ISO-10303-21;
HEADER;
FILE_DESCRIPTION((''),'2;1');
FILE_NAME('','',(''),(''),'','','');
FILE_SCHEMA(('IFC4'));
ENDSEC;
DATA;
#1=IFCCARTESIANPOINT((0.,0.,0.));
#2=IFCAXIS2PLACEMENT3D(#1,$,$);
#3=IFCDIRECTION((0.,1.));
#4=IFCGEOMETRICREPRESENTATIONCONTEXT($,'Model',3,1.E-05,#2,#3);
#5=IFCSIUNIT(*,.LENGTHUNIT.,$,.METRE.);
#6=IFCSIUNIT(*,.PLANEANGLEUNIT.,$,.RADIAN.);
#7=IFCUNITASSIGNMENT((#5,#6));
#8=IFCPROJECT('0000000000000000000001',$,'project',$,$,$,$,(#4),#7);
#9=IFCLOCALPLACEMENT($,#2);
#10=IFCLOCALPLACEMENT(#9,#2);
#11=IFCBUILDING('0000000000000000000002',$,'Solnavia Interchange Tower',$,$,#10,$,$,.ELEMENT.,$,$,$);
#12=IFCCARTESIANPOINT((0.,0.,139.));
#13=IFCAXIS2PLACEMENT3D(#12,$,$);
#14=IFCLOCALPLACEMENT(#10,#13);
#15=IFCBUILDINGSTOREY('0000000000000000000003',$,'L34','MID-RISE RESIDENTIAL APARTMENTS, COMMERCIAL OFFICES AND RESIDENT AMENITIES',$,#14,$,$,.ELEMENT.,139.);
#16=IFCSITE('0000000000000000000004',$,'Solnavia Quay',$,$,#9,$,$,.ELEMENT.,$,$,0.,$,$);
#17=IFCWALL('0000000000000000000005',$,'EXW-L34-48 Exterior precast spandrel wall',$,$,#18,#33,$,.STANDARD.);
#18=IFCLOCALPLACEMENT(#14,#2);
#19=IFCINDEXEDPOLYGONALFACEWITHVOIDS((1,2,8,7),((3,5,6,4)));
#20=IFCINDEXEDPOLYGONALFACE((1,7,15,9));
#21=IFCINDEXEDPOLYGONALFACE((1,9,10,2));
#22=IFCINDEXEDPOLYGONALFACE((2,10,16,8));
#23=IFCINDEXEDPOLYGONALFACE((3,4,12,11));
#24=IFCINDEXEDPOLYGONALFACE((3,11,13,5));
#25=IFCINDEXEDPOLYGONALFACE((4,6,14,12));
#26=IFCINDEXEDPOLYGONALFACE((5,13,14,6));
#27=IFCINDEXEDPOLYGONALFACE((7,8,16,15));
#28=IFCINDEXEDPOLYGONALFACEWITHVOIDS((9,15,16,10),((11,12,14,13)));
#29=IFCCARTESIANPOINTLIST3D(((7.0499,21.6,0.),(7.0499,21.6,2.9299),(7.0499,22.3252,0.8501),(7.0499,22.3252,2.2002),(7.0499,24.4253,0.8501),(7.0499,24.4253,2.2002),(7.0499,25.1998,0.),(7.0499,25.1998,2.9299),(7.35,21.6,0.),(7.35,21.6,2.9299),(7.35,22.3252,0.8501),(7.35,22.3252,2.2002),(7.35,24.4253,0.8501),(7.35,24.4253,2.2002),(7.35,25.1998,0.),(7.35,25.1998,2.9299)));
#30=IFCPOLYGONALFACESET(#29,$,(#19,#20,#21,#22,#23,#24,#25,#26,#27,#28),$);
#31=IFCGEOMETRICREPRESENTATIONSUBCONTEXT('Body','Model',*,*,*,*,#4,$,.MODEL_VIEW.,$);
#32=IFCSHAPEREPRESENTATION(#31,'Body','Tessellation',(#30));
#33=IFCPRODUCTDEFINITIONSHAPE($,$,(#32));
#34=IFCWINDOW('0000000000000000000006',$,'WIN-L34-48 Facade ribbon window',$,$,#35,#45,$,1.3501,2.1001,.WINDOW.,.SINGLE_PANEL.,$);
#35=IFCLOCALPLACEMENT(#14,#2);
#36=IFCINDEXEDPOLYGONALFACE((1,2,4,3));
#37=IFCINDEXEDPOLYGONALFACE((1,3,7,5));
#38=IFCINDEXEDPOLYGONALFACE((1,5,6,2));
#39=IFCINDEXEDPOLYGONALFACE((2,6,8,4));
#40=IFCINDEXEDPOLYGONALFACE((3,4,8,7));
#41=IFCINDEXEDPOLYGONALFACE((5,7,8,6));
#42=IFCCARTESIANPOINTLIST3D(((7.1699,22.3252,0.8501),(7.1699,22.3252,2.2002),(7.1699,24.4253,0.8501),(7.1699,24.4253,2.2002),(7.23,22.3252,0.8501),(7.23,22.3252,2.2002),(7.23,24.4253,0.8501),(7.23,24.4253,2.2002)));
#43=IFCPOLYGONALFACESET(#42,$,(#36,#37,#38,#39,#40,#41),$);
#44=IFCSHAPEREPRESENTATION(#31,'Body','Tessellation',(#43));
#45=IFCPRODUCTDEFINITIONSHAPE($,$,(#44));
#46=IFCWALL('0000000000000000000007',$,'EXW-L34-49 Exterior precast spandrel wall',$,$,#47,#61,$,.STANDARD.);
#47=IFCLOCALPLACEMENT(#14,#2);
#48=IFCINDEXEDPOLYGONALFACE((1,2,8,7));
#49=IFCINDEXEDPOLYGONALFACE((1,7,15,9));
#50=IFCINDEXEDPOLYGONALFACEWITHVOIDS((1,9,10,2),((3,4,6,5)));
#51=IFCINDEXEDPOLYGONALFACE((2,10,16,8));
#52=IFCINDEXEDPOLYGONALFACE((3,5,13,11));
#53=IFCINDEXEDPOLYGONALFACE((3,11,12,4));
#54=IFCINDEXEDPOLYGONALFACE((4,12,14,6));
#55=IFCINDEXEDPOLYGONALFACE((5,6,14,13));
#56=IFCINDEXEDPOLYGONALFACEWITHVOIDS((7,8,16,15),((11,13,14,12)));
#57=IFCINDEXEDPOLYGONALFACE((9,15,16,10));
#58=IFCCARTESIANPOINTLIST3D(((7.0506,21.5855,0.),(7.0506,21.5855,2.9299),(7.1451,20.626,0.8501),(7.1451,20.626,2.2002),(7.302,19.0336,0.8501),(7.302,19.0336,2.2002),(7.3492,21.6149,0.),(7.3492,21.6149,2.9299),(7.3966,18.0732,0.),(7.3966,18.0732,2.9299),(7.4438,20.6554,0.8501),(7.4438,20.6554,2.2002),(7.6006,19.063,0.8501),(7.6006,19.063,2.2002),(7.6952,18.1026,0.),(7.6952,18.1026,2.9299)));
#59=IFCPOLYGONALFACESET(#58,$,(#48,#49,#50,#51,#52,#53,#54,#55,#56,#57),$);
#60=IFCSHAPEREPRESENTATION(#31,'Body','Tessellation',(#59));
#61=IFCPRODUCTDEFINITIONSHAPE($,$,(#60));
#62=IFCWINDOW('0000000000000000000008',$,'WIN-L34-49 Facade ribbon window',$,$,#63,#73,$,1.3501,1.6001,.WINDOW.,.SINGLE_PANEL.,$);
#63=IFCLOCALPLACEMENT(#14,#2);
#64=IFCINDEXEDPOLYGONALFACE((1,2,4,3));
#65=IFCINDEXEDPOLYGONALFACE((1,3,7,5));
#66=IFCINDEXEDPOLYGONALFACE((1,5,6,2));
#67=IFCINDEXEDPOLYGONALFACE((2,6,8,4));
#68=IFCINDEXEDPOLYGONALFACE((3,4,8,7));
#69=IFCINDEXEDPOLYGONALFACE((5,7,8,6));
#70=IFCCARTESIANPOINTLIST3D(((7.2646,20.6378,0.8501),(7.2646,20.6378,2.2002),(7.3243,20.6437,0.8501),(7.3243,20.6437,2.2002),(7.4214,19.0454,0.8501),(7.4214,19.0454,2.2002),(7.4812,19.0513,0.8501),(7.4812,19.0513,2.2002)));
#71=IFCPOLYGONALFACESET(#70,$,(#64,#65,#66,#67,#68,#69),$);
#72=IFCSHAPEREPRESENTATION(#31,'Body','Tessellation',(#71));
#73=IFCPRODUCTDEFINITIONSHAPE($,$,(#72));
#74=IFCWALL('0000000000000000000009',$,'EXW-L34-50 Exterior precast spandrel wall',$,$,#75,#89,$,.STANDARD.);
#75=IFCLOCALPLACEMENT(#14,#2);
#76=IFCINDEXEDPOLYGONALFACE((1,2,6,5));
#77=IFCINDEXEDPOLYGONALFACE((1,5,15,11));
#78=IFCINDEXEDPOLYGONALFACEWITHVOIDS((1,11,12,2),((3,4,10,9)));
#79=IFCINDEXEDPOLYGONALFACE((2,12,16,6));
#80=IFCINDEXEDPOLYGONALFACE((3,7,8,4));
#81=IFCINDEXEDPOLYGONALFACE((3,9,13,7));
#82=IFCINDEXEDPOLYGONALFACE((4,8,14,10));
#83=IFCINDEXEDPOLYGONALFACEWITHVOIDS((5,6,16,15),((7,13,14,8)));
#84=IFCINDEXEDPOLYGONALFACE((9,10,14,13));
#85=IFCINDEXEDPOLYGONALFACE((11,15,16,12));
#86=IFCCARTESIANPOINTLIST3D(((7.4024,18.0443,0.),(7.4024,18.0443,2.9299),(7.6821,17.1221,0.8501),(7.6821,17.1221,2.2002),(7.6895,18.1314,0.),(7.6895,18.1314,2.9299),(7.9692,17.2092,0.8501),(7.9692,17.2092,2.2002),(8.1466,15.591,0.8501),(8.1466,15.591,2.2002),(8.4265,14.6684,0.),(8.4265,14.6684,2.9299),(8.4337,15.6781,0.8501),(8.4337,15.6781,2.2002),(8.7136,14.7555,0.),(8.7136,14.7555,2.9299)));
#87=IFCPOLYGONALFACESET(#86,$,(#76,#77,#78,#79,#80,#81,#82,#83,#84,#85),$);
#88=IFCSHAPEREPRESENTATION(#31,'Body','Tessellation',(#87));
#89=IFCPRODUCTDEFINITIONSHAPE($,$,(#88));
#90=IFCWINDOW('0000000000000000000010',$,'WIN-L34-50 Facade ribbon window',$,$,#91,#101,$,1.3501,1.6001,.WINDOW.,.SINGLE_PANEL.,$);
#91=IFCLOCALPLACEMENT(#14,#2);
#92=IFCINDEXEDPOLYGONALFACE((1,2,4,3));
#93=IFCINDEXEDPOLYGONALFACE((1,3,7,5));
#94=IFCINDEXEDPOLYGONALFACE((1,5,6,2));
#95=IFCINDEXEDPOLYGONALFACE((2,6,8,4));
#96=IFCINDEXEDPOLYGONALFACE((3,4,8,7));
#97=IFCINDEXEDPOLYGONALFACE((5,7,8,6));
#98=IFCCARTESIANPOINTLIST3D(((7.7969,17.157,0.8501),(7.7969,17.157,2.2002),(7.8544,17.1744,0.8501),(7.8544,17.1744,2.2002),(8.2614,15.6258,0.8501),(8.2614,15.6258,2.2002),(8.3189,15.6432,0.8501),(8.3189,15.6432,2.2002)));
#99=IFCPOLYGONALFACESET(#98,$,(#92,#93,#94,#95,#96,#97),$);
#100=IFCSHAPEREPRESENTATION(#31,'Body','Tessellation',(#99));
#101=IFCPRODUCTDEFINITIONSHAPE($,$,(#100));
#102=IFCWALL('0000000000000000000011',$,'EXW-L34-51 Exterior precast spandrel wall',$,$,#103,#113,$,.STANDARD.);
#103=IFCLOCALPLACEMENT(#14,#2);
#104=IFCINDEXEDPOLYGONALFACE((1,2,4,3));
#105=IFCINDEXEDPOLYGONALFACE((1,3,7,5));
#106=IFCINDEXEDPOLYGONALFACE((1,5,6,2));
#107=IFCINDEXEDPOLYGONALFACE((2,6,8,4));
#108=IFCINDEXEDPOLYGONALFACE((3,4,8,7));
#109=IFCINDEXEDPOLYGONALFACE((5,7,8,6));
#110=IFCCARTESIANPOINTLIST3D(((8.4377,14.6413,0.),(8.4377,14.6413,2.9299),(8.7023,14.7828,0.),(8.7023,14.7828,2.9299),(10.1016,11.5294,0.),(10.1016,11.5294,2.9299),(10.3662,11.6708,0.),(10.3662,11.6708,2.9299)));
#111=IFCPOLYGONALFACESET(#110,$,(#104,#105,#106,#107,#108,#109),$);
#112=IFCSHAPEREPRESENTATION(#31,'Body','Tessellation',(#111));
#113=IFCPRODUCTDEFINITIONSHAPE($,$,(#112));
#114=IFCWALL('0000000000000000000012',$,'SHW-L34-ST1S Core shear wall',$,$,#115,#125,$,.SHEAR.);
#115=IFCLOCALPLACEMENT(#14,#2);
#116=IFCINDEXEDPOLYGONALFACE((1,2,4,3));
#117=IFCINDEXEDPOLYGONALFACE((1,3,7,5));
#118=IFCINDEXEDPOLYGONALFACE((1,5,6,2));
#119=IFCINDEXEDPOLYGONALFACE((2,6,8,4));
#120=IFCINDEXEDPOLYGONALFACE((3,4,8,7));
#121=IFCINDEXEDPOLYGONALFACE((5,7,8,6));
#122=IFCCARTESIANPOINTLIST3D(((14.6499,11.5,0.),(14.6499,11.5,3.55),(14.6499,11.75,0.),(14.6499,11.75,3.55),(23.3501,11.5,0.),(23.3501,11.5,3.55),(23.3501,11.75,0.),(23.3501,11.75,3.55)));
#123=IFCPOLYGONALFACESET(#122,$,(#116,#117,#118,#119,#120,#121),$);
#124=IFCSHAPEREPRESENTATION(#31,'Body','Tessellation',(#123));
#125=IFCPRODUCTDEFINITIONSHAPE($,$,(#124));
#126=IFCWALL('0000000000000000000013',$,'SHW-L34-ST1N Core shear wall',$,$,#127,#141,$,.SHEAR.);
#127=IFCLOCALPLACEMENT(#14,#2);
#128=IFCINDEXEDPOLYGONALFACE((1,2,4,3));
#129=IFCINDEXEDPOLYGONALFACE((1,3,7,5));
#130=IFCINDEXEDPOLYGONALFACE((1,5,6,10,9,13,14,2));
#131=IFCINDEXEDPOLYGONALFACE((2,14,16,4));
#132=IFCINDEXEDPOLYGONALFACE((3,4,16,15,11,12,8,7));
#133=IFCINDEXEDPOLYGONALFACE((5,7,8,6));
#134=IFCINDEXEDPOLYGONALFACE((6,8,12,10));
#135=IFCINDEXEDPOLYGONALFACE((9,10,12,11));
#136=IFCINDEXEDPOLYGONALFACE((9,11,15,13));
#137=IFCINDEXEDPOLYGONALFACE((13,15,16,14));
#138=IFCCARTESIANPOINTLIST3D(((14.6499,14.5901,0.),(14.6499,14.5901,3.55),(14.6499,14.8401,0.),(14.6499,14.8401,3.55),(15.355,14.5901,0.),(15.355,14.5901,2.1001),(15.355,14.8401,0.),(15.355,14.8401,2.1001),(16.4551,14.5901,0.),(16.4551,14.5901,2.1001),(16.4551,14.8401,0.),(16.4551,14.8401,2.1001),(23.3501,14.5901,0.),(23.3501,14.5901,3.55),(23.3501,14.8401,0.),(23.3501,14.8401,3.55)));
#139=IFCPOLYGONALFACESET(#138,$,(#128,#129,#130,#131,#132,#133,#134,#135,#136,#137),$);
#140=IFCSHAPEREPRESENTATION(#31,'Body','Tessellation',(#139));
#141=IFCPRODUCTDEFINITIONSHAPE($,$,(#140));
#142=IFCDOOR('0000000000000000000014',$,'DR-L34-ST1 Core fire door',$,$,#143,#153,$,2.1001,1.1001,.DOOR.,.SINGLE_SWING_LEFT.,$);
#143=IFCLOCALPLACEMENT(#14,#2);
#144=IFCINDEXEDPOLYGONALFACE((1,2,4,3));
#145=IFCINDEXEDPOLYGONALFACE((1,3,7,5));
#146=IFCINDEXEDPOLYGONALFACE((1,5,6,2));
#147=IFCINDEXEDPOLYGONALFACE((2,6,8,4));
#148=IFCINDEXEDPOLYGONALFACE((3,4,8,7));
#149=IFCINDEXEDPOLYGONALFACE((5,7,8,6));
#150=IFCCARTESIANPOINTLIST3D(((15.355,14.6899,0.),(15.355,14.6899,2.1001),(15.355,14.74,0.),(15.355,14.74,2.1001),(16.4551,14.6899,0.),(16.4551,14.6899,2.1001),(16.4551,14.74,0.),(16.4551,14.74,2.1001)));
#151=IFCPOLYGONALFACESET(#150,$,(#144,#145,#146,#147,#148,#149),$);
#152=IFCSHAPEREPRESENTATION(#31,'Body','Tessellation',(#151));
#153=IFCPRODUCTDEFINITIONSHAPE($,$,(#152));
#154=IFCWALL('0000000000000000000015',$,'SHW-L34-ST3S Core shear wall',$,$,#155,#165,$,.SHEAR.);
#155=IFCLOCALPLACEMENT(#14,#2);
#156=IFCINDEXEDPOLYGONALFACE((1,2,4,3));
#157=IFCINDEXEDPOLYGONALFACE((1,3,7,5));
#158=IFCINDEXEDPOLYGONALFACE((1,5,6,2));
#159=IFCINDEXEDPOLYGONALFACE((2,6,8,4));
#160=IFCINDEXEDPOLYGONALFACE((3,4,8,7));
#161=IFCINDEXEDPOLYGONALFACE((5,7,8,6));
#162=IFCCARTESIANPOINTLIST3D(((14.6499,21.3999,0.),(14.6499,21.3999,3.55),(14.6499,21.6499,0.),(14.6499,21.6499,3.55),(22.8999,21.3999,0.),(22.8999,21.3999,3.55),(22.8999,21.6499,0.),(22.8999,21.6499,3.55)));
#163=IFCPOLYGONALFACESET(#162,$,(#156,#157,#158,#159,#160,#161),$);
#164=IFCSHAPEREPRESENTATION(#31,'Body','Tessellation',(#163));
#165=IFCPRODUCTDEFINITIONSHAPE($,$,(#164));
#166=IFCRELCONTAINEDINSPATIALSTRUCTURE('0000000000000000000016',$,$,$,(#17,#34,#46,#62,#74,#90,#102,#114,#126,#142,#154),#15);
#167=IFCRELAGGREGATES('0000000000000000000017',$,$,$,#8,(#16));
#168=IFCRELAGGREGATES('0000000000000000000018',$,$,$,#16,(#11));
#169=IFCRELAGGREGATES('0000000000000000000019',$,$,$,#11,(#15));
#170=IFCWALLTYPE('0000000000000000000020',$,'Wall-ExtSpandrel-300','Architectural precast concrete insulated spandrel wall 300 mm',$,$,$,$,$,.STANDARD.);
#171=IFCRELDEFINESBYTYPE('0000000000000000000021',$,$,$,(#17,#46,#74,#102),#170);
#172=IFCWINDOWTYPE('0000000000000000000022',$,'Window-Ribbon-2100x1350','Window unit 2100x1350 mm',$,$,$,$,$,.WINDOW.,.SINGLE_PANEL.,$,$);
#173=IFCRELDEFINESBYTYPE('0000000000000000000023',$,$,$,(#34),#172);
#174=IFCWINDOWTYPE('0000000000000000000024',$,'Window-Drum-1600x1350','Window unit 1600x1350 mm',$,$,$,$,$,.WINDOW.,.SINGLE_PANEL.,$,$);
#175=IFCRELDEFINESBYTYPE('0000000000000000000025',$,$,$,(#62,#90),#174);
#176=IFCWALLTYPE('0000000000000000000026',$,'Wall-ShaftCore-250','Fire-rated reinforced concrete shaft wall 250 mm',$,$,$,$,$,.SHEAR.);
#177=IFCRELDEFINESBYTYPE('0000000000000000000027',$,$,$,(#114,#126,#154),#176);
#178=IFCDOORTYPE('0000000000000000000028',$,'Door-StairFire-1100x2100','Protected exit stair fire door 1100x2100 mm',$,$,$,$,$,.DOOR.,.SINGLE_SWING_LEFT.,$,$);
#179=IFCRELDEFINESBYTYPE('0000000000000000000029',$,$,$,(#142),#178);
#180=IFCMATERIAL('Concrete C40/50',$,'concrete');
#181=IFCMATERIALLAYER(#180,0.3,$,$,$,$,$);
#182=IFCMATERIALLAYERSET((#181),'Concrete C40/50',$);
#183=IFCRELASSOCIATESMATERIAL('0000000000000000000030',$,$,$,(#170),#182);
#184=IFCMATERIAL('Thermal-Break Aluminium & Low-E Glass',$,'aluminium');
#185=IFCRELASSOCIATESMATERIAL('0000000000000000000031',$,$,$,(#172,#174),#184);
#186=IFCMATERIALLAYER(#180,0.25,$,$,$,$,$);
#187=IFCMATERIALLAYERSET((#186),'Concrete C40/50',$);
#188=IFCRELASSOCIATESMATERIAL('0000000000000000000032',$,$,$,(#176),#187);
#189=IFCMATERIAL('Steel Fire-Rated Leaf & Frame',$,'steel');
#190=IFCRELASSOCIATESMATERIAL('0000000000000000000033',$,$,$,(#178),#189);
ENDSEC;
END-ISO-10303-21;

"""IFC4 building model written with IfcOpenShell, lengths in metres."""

from ifc_helpers import new_model, si_unit, direction, frame, frame_2d, origin, place, context, subcontext, project, spatial, rectangle, extrude, material, layer, layer_set, type_object, element, fill, save


model = new_model("IFC4")

# Units and contexts
model_context = context("Model", 3, precision=1e-05, world=origin(), true_north=direction((0.0, 1.0)))
body_context = subcontext(model_context, "Body", "Model", "MODEL_VIEW")
ifc_project = project(units=[si_unit("LENGTHUNIT", "METRE"), si_unit("PLANEANGLEUNIT", "RADIAN")], contexts=[model_context])

# Site, building, storey
site_placement = place(None, origin())
site = spatial("IfcSite", under=ifc_project, at=site_placement, Name="Solnavia Quay", CompositionType="ELEMENT", RefElevation=0.0)
building_placement = place(site_placement, origin())
building = spatial("IfcBuilding", under=site, at=building_placement, Name="Solnavia Interchange Tower", CompositionType="ELEMENT")
storey_placement = place(building_placement, frame((0.0, 0.0, 139.0)))
storey = spatial("IfcBuildingStorey", under=building, at=storey_placement, Name="L34", Description="MID-RISE RESIDENTIAL APARTMENTS, COMMERCIAL OFFICES AND RESIDENT AMENITIES", CompositionType="ELEMENT", Elevation=139.0)

# Walls, openings, windows
ifc_material_1 = material(Name="Concrete C40/50", Category="concrete")
ifc_layer_1 = layer(ifc_material_1, 0.3)
ifc_layer_set_1 = layer_set([ifc_layer_1], Name="Concrete C40/50")
wall_type_1 = type_object("IfcWallType", Name="Wall-ExtSpandrel-300", Description="Architectural precast concrete insulated spandrel wall 300 mm", PredefinedType="STANDARD", material=ifc_layer_set_1)
wall_1_placement = place(storey_placement, frame((7.2, 21.6001, 0.0), z_axis=(0.0, 0.0, 1.0), x_axis=(0.0, 1.0, 0.0)))
wall_1 = element("IfcWall", 1, at=wall_1_placement, inside=storey, type_object=wall_type_1, Name="EXW-L34-48 Exterior precast spandrel wall", PredefinedType="STANDARD", context=body_context, shape_type="SweptSolid", body=[
    extrude(rectangle(XDim=3.5999, YDim=0.3, at=frame_2d((1.7998, 0.0))), origin(), (0.0, 0.0, 1.0), 2.9299),
])
opening_1_placement = place(wall_1_placement, frame((0.7251, 0.0, 0.8501)))
opening_1 = element("IfcOpeningElement", 2, at=opening_1_placement, cuts=wall_1, PredefinedType="OPENING", context=body_context, shape_type="SweptSolid", body=[
    extrude(rectangle(XDim=2.1001, YDim=1.3501, at=frame_2d((1.05, 0.675))), frame((0.0, 0.1602, 0.0), z_axis=(0.0, -1.0, 0.0), x_axis=(1.0, 0.0, 0.0)), (0.0, 0.0, 1.0), 0.3201),
])
ifc_material_2 = material(Name="Thermal-Break Aluminium & Low-E Glass", Category="aluminium")
window_type_1 = type_object("IfcWindowType", Name="Window-Ribbon-2100x1350", Description="Window unit 2100x1350 mm", PartitioningType="SINGLE_PANEL", PredefinedType="WINDOW", material=ifc_material_2)
window_1_placement = place(opening_1_placement, origin())
window_1 = element("IfcWindow", 3, at=window_1_placement, inside=storey, type_object=window_type_1, Name="WIN-L34-48 Facade ribbon window", OverallHeight=1.3501, OverallWidth=2.1001, PartitioningType="SINGLE_PANEL", PredefinedType="WINDOW", context=body_context, shape_type="SweptSolid", body=[
    extrude(rectangle(XDim=2.1001, YDim=1.3501, at=frame_2d((1.05, 0.675))), frame((0.0, 0.03, 0.0), z_axis=(0.0, -1.0, 0.0), x_axis=(1.0, 0.0, 0.0)), (0.0, 0.0, 1.0), 0.0601),
])
fill(opening_1, window_1)
wall_2_placement = place(storey_placement, frame((7.5459, 18.0879, 0.0), z_axis=(0.0, 0.0, 1.0), x_axis=(-0.098024, 0.995184, 0.0)))
wall_2 = element("IfcWall", 4, at=wall_2_placement, inside=storey, type_object=wall_type_1, Name="EXW-L34-49 Exterior precast spandrel wall", PredefinedType="STANDARD", context=body_context, shape_type="SweptSolid", body=[
    extrude(rectangle(XDim=3.5293, YDim=0.3, at=frame_2d((1.7646, 0.0))), origin(), (0.0, 0.0, 1.0), 2.9299),
])
opening_2_placement = place(wall_2_placement, frame((0.9651, 0.0, 0.8501)))
opening_2 = element("IfcOpeningElement", 5, at=opening_2_placement, cuts=wall_2, PredefinedType="OPENING", context=body_context, shape_type="SweptSolid", body=[
    extrude(rectangle(XDim=1.6001, YDim=1.3501, at=frame_2d((0.8, 0.675))), frame((0.0, 0.1602, 0.0), z_axis=(0.0, -1.0, 0.0), x_axis=(1.0, 0.0, 0.0)), (0.0, 0.0, 1.0), 0.3201),
])
window_type_2 = type_object("IfcWindowType", Name="Window-Drum-1600x1350", Description="Window unit 1600x1350 mm", PartitioningType="SINGLE_PANEL", PredefinedType="WINDOW", material=ifc_material_2)
window_2_placement = place(opening_2_placement, origin())
window_2 = element("IfcWindow", 6, at=window_2_placement, inside=storey, type_object=window_type_2, Name="WIN-L34-49 Facade ribbon window", OverallHeight=1.3501, OverallWidth=1.6001, PartitioningType="SINGLE_PANEL", PredefinedType="WINDOW", context=body_context, shape_type="SweptSolid", body=[
    extrude(rectangle(XDim=1.6001, YDim=1.3501, at=frame_2d((0.8, 0.675))), frame((0.0, 0.03, 0.0), z_axis=(0.0, -1.0, 0.0), x_axis=(1.0, 0.0, 0.0)), (0.0, 0.0, 1.0), 0.0601),
])
fill(opening_2, window_2)
wall_3_placement = place(storey_placement, frame((8.5701, 14.7119, 0.0), z_axis=(0.0, 0.0, 1.0), x_axis=(-0.290305, 0.956934, 0.0)))
wall_3 = element("IfcWall", 7, at=wall_3_placement, inside=storey, type_object=wall_type_1, Name="EXW-L34-50 Exterior precast spandrel wall", PredefinedType="STANDARD", context=body_context, shape_type="SweptSolid", body=[
    extrude(rectangle(XDim=3.5278, YDim=0.3, at=frame_2d((1.7639, 0.0))), origin(), (0.0, 0.0, 1.0), 2.9299),
])
opening_3_placement = place(wall_3_placement, frame((0.9641, 0.0, 0.8501)))
opening_3 = element("IfcOpeningElement", 8, at=opening_3_placement, cuts=wall_3, PredefinedType="OPENING", context=body_context, shape_type="SweptSolid", body=[
    extrude(rectangle(XDim=1.6001, YDim=1.3501, at=frame_2d((0.8, 0.675))), frame((0.0, 0.1602, 0.0), z_axis=(0.0, -1.0, 0.0), x_axis=(1.0, 0.0, 0.0)), (0.0, 0.0, 1.0), 0.3201),
])
window_3_placement = place(opening_3_placement, origin())
window_3 = element("IfcWindow", 9, at=window_3_placement, inside=storey, type_object=window_type_2, Name="WIN-L34-50 Facade ribbon window", OverallHeight=1.3501, OverallWidth=1.6001, PartitioningType="SINGLE_PANEL", PredefinedType="WINDOW", context=body_context, shape_type="SweptSolid", body=[
    extrude(rectangle(XDim=1.6001, YDim=1.3501, at=frame_2d((0.8, 0.675))), frame((0.0, 0.03, 0.0), z_axis=(0.0, -1.0, 0.0), x_axis=(1.0, 0.0, 0.0)), (0.0, 0.0, 1.0), 0.0601),
])
fill(opening_3, window_3)

# Walls
wall_4_placement = place(storey_placement, frame((10.2339, 11.6001, 0.0), z_axis=(0.0, 0.0, 1.0), x_axis=(-0.471511, 0.88186, 0.0)))
element("IfcWall", 10, at=wall_4_placement, inside=storey, type_object=wall_type_1, Name="EXW-L34-51 Exterior precast spandrel wall", PredefinedType="STANDARD", context=body_context, shape_type="SweptSolid", body=[
    extrude(rectangle(XDim=3.5288, YDim=0.3, at=frame_2d((1.7644, 0.0))), origin(), (0.0, 0.0, 1.0), 2.9299),
])
ifc_layer_2 = layer(ifc_material_1, 0.25)
ifc_layer_set_2 = layer_set([ifc_layer_2], Name="Concrete C40/50")
wall_type_2 = type_object("IfcWallType", Name="Wall-ShaftCore-250", Description="Fire-rated reinforced concrete shaft wall 250 mm", PredefinedType="SHEAR", material=ifc_layer_set_2)
wall_5_placement = place(storey_placement, frame((14.6499, 11.625, 0.0), z_axis=(0.0, 0.0, 1.0), x_axis=(1.0, 0.0, 0.0)))
element("IfcWall", 11, at=wall_5_placement, inside=storey, type_object=wall_type_2, Name="SHW-L34-ST1S Core shear wall", PredefinedType="SHEAR", context=body_context, shape_type="SweptSolid", body=[
    extrude(rectangle(XDim=8.7002, YDim=0.25, at=frame_2d((4.3501, 0.0))), origin(), (0.0, 0.0, 1.0), 3.55),
])

# Wall, opening, door
wall_6_placement = place(storey_placement, frame((14.6499, 14.7151, 0.0), z_axis=(0.0, 0.0, 1.0), x_axis=(1.0, 0.0, 0.0)))
wall_6 = element("IfcWall", 12, at=wall_6_placement, inside=storey, type_object=wall_type_2, Name="SHW-L34-ST1N Core shear wall", PredefinedType="SHEAR", context=body_context, shape_type="SweptSolid", body=[
    extrude(rectangle(XDim=8.7002, YDim=0.25, at=frame_2d((4.3501, 0.0))), origin(), (0.0, 0.0, 1.0), 3.55),
])
opening_4_placement = place(wall_6_placement, frame((0.7051, 0.0, 0.0)))
opening_4 = element("IfcOpeningElement", 13, at=opening_4_placement, cuts=wall_6, PredefinedType="OPENING", context=body_context, shape_type="SweptSolid", body=[
    extrude(rectangle(XDim=1.1001, YDim=2.1001, at=frame_2d((0.55, 1.05))), frame((0.0, 0.135, 0.0), z_axis=(0.0, -1.0, 0.0), x_axis=(1.0, 0.0, 0.0)), (0.0, 0.0, 1.0), 0.27),
])
ifc_material_3 = material(Name="Steel Fire-Rated Leaf & Frame", Category="steel")
door_type_1 = type_object("IfcDoorType", Name="Door-StairFire-1100x2100", Description="Protected exit stair fire door 1100x2100 mm", OperationType="SINGLE_SWING_LEFT", PredefinedType="DOOR", material=ifc_material_3)
door_1_placement = place(opening_4_placement, origin())
door_1 = element("IfcDoor", 14, at=door_1_placement, inside=storey, type_object=door_type_1, Name="DR-L34-ST1 Core fire door", OperationType="SINGLE_SWING_LEFT", OverallHeight=2.1001, OverallWidth=1.1001, PredefinedType="DOOR", context=body_context, shape_type="SweptSolid", body=[
    extrude(rectangle(XDim=1.1001, YDim=2.1001, at=frame_2d((0.55, 1.05))), frame((0.0, 0.0249, 0.0), z_axis=(0.0, -1.0, 0.0), x_axis=(1.0, 0.0, 0.0)), (0.0, 0.0, 1.0), 0.05),
])
fill(opening_4, door_1)

# Wall
wall_7_placement = place(storey_placement, frame((14.6499, 21.5249, 0.0), z_axis=(0.0, 0.0, 1.0), x_axis=(1.0, 0.0, 0.0)))
element("IfcWall", 15, at=wall_7_placement, inside=storey, type_object=wall_type_2, Name="SHW-L34-ST3S Core shear wall", PredefinedType="SHEAR", context=body_context, shape_type="SweptSolid", body=[
    extrude(rectangle(XDim=8.25, YDim=0.25, at=frame_2d((4.125, 0.0))), origin(), (0.0, 0.0, 1.0), 3.55),
])

save(model, "model.ifc")
